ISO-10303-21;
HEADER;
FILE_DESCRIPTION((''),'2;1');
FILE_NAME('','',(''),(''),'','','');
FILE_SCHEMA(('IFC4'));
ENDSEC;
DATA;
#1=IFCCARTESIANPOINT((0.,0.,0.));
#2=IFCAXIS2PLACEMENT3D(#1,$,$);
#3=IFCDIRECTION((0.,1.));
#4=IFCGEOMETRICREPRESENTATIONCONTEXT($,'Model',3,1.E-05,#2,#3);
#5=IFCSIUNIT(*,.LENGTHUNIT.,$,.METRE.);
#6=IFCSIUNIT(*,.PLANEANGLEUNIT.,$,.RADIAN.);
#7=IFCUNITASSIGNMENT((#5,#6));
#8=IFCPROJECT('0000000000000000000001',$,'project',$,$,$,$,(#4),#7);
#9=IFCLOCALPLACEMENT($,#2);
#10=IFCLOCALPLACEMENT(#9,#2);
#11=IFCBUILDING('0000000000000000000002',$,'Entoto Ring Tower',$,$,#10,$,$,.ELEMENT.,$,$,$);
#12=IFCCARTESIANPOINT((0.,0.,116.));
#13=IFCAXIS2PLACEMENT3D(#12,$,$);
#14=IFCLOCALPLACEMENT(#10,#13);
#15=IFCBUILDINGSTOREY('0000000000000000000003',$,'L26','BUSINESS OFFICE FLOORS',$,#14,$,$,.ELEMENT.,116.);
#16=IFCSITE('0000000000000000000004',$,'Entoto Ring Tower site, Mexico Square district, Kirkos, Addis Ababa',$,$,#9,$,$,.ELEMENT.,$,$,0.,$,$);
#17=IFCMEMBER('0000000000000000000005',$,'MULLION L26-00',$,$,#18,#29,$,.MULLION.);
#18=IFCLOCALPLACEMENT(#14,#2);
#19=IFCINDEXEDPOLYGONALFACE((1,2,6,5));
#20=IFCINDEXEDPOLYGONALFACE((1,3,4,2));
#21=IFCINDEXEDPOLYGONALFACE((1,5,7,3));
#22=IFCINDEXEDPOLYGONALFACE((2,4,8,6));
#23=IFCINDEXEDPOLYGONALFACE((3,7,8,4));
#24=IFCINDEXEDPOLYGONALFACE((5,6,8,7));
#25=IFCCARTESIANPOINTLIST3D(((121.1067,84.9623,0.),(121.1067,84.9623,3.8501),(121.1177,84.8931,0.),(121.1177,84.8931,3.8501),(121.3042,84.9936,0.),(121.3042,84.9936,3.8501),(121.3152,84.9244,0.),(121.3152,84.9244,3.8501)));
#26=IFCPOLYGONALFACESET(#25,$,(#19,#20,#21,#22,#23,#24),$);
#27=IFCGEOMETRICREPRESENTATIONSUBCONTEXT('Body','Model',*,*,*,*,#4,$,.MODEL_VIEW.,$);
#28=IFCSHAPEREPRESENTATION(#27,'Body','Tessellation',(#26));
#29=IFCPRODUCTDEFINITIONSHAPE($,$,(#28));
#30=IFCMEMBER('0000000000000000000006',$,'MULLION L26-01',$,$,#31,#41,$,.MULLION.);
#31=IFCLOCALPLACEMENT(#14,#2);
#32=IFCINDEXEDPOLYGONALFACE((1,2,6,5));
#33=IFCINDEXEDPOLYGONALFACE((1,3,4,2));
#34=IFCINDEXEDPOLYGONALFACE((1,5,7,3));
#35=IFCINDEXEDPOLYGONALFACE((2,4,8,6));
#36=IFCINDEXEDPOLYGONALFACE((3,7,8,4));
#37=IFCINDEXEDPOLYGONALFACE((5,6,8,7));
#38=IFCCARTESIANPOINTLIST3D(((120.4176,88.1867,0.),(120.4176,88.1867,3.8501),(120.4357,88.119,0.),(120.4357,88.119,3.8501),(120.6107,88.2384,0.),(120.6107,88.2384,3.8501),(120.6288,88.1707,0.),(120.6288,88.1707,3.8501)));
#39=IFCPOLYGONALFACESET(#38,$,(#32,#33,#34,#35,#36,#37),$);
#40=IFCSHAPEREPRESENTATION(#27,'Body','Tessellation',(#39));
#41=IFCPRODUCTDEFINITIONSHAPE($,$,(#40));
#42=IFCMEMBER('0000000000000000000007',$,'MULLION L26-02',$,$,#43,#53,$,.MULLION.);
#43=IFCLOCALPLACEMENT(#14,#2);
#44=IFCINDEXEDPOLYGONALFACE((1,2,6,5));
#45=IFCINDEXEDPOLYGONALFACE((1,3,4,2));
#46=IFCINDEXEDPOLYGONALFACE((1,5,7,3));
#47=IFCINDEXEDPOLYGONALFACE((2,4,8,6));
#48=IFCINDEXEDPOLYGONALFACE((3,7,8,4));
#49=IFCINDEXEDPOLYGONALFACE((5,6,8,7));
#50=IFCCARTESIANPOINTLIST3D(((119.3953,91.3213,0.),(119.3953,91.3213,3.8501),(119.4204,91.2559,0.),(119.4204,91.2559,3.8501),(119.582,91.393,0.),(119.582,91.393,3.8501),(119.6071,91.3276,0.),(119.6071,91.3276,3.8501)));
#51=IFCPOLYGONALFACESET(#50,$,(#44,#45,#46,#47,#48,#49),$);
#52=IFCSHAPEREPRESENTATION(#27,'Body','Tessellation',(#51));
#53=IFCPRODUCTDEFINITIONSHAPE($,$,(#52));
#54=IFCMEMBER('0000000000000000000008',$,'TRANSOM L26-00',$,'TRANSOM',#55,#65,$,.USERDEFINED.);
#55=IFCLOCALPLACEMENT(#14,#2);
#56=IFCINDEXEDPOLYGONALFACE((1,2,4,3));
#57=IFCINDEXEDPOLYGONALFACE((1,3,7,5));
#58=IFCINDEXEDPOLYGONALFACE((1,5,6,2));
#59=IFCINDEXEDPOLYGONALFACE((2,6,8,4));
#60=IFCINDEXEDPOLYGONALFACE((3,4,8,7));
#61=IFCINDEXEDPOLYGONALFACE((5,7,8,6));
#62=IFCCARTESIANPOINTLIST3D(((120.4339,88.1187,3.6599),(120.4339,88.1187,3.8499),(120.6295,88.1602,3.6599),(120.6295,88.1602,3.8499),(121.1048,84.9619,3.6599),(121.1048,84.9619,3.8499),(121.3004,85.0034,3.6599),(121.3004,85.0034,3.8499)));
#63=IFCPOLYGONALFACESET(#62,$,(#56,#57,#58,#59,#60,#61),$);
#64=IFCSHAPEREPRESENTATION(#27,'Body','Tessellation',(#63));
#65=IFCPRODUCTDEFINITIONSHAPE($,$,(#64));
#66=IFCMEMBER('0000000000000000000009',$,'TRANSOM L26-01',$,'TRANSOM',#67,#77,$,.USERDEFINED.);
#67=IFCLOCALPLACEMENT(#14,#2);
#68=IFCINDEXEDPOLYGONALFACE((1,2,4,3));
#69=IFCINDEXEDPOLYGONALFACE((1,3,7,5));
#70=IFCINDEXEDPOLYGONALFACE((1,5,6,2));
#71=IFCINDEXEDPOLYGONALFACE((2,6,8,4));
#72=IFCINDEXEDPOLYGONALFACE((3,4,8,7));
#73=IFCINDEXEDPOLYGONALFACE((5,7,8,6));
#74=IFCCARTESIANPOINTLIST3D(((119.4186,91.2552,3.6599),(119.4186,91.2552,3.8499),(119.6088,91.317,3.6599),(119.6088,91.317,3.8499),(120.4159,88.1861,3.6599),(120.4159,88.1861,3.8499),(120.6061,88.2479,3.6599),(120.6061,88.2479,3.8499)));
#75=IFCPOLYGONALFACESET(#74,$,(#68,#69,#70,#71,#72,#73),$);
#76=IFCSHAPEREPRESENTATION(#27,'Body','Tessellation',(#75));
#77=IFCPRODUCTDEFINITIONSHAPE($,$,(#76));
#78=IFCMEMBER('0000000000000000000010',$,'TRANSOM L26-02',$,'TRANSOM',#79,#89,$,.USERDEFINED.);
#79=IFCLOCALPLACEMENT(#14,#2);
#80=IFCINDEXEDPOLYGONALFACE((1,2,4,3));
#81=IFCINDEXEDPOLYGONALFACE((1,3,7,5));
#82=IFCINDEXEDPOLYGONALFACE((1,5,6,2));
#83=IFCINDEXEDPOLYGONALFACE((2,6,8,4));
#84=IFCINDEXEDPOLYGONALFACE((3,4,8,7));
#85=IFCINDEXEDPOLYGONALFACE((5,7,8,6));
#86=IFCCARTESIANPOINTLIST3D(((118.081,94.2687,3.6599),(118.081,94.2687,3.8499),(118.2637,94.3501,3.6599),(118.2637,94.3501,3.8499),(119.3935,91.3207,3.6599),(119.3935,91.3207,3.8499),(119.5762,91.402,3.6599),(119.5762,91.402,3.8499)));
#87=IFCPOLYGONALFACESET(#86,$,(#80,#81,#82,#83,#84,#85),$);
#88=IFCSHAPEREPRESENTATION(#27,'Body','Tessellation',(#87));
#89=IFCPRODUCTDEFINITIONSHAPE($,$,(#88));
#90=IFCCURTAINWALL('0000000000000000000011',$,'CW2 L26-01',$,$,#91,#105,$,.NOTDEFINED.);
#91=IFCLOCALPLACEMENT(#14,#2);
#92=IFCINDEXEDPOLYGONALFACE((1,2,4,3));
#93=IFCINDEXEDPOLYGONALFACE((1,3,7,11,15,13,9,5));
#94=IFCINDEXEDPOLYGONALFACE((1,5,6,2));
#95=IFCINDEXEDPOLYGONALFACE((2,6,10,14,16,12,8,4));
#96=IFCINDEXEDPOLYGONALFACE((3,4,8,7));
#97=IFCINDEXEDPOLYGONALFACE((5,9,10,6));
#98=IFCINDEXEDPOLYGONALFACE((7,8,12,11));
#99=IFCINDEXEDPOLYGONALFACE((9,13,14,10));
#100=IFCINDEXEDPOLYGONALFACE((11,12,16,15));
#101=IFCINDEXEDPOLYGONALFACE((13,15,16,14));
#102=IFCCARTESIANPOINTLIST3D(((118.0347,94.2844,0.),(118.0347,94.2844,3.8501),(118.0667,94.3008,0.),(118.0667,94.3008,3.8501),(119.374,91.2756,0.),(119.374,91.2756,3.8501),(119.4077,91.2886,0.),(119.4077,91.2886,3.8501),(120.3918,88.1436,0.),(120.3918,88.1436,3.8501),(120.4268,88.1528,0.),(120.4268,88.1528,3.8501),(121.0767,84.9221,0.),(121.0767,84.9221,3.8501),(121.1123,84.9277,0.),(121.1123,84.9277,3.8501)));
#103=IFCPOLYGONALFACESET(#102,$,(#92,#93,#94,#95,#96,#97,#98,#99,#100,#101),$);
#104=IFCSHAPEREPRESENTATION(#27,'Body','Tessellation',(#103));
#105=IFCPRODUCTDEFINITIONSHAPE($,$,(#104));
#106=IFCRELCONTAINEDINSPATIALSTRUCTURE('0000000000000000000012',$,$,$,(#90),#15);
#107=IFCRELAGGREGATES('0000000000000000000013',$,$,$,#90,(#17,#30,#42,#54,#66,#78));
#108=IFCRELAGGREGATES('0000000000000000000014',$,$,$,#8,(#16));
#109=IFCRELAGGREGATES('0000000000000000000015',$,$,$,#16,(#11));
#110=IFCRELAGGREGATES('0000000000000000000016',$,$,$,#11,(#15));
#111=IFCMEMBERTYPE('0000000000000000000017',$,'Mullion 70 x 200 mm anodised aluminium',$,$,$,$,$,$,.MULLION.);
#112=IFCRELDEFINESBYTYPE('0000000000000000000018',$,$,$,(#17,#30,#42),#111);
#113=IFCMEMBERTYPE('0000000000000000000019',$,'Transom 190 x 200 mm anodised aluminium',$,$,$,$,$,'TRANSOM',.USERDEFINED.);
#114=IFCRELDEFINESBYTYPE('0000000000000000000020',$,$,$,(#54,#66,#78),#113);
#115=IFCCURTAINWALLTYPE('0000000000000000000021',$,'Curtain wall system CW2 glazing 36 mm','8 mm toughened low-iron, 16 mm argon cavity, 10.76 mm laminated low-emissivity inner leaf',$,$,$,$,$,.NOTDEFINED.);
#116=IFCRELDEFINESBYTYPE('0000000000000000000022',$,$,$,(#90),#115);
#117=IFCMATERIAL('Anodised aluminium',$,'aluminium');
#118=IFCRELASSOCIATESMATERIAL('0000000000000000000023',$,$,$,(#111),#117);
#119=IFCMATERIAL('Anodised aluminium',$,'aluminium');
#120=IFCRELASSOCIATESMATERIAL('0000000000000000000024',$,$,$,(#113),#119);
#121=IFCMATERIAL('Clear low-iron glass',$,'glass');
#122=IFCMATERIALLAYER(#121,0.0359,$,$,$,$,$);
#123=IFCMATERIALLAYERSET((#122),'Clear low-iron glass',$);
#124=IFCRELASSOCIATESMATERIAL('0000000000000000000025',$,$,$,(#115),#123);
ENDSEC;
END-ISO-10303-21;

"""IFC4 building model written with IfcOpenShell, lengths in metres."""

from ifc_helpers import new_model, si_unit, direction, frame, origin, origin_2d, place, context, subcontext, project, spatial, polyline, rectangle, outline, extrude, material, layer, layer_set, material_profile, profile_set, type_object, element, aggregate, save


model = new_model("IFC4")

# Units and contexts
model_context = context("Model", 3, precision=1e-05, world=origin(), true_north=direction((0.0, 1.0)))
body_context = subcontext(model_context, "Body", "Model", "MODEL_VIEW")
ifc_project = project(units=[si_unit("LENGTHUNIT", "METRE"), si_unit("PLANEANGLEUNIT", "RADIAN")], contexts=[model_context])

# Members
ifc_material_1 = material(Name="Anodised aluminium", Category="aluminium")
ifc_material_profile_1 = material_profile(ifc_material_1, rectangle(XDim=0.0701, YDim=0.2, at=origin_2d()), Name="Mullion 70 x 200 mm anodised aluminium")
ifc_profile_set_1 = profile_set([ifc_material_profile_1], Name="Anodised aluminium")
member_type_1 = type_object("IfcMemberType", Name="Mullion 70 x 200 mm anodised aluminium", PredefinedType="MULLION", material=ifc_profile_set_1)
site_placement = place(None, origin())
building_placement = place(site_placement, origin())
storey_placement = place(building_placement, frame((0.0, 0.0, 116.0)))
member_1_placement = place(storey_placement, frame((121.2109, 84.9434, 0.0), z_axis=(0.0, 0.0, 1.0), x_axis=(-0.156434, 0.987688, 0.0)))
member_1 = element("IfcMember", 1, at=member_1_placement, type_object=member_type_1, Name="MULLION L26-00", PredefinedType="MULLION", context=body_context, shape_type="SweptSolid", body=[
    extrude(rectangle(XDim=0.0701, YDim=0.2, at=origin_2d()), origin(), (0.0, 0.0, 1.0), 3.8501),
])
member_2_placement = place(storey_placement, frame((120.5232, 88.1787, 0.0), z_axis=(0.0, 0.0, 1.0), x_axis=(-0.258819, 0.965926, 0.0)))
member_2 = element("IfcMember", 2, at=member_2_placement, type_object=member_type_1, Name="MULLION L26-01", PredefinedType="MULLION", context=body_context, shape_type="SweptSolid", body=[
    extrude(rectangle(XDim=0.0701, YDim=0.2, at=origin_2d()), origin(), (0.0, 0.0, 1.0), 3.8501),
])
member_3_placement = place(storey_placement, frame((119.5012, 91.3245, 0.0), z_axis=(0.0, 0.0, 1.0), x_axis=(-0.358368, 0.93358, 0.0)))
member_3 = element("IfcMember", 3, at=member_3_placement, type_object=member_type_1, Name="MULLION L26-02", PredefinedType="MULLION", context=body_context, shape_type="SweptSolid", body=[
    extrude(rectangle(XDim=0.0701, YDim=0.2, at=origin_2d()), origin(), (0.0, 0.0, 1.0), 3.8501),
])
ifc_material_2 = material(Name="Anodised aluminium", Category="aluminium")
ifc_material_profile_2 = material_profile(ifc_material_2, rectangle(XDim=0.2, YDim=0.1899, at=origin_2d()), Name="Transom 190 x 200 mm anodised aluminium")
ifc_profile_set_2 = profile_set([ifc_material_profile_2], Name="Anodised aluminium")
member_type_2 = type_object("IfcMemberType", Name="Transom 190 x 200 mm anodised aluminium", ElementType="TRANSOM", PredefinedType="USERDEFINED", material=ifc_profile_set_2)
member_4_placement = place(storey_placement, frame((121.2026, 84.9827, 3.7549), z_axis=(-0.207886, 0.978153, 0.0), x_axis=(-0.978153, -0.207886, 0.0)))
member_4 = element("IfcMember", 4, at=member_4_placement, type_object=member_type_2, Name="TRANSOM L26-00", ObjectType="TRANSOM", PredefinedType="USERDEFINED", context=body_context, shape_type="SweptSolid", body=[
    extrude(rectangle(XDim=0.2, YDim=0.1899, at=origin_2d()), origin(), (0.0, 0.0, 1.0), 3.2273),
])
member_5_placement = place(storey_placement, frame((120.511, 88.217, 3.7549), z_axis=(-0.309047, 0.951047, 0.0), x_axis=(-0.951047, -0.309047, 0.0)))
member_5 = element("IfcMember", 5, at=member_5_placement, type_object=member_type_2, Name="TRANSOM L26-01", ObjectType="TRANSOM", PredefinedType="USERDEFINED", context=body_context, shape_type="SweptSolid", body=[
    extrude(rectangle(XDim=0.2, YDim=0.1899, at=origin_2d()), origin(), (0.0, 0.0, 1.0), 3.2271),
])
member_6_placement = place(storey_placement, frame((119.4849, 91.3613, 3.7549), z_axis=(-0.406728, 0.913549, 0.0), x_axis=(-0.913549, -0.406728, 0.0)))
member_6 = element("IfcMember", 6, at=member_6_placement, type_object=member_type_2, Name="TRANSOM L26-02", ObjectType="TRANSOM", PredefinedType="USERDEFINED", context=body_context, shape_type="SweptSolid", body=[
    extrude(rectangle(XDim=0.2, YDim=0.1899, at=origin_2d()), origin(), (0.0, 0.0, 1.0), 3.2271),
])

# Site, building, storey
site = spatial("IfcSite", under=ifc_project, at=site_placement, Name="Entoto Ring Tower site, Mexico Square district, Kirkos, Addis Ababa", CompositionType="ELEMENT", RefElevation=0.0)
building = spatial("IfcBuilding", under=site, at=building_placement, Name="Entoto Ring Tower", CompositionType="ELEMENT")
storey = spatial("IfcBuildingStorey", under=building, at=storey_placement, Name="L26", Description="BUSINESS OFFICE FLOORS", CompositionType="ELEMENT", Elevation=116.0)

# Curtain wall
ifc_material_3 = material(Name="Clear low-iron glass", Category="glass")
ifc_layer_1 = layer(ifc_material_3, 0.0359)
ifc_layer_set_1 = layer_set([ifc_layer_1], Name="Clear low-iron glass")
curtain_wall_type = type_object("IfcCurtainWallType", Name="Curtain wall system CW2 glazing 36 mm", Description="8 mm toughened low-iron, 16 mm argon cavity, 10.76 mm laminated low-emissivity inner leaf", PredefinedType="NOTDEFINED", material=ifc_layer_set_1)
curtain_wall_1_placement = place(storey_placement, origin())
curtain_wall_1 = element("IfcCurtainWall", 7, at=curtain_wall_1_placement, inside=storey, type_object=curtain_wall_type, Name="CW2 L26-01", PredefinedType="NOTDEFINED", context=body_context, shape_type="SweptSolid", body=[
    extrude(outline(polyline([(121.1123, 84.9277), (120.4268, 88.1528), (119.4077, 91.2886), (118.0667, 94.3008), (118.0347, 94.2844), (119.374, 91.2756), (120.3918, 88.1436), (121.0767, 84.9221), (121.1123, 84.9277)])), origin(), (0.0, 0.0, 1.0), 3.8501),
])
aggregate(curtain_wall_1, [member_1, member_2, member_3, member_4, member_5, member_6])

save(model, "model.ifc")
